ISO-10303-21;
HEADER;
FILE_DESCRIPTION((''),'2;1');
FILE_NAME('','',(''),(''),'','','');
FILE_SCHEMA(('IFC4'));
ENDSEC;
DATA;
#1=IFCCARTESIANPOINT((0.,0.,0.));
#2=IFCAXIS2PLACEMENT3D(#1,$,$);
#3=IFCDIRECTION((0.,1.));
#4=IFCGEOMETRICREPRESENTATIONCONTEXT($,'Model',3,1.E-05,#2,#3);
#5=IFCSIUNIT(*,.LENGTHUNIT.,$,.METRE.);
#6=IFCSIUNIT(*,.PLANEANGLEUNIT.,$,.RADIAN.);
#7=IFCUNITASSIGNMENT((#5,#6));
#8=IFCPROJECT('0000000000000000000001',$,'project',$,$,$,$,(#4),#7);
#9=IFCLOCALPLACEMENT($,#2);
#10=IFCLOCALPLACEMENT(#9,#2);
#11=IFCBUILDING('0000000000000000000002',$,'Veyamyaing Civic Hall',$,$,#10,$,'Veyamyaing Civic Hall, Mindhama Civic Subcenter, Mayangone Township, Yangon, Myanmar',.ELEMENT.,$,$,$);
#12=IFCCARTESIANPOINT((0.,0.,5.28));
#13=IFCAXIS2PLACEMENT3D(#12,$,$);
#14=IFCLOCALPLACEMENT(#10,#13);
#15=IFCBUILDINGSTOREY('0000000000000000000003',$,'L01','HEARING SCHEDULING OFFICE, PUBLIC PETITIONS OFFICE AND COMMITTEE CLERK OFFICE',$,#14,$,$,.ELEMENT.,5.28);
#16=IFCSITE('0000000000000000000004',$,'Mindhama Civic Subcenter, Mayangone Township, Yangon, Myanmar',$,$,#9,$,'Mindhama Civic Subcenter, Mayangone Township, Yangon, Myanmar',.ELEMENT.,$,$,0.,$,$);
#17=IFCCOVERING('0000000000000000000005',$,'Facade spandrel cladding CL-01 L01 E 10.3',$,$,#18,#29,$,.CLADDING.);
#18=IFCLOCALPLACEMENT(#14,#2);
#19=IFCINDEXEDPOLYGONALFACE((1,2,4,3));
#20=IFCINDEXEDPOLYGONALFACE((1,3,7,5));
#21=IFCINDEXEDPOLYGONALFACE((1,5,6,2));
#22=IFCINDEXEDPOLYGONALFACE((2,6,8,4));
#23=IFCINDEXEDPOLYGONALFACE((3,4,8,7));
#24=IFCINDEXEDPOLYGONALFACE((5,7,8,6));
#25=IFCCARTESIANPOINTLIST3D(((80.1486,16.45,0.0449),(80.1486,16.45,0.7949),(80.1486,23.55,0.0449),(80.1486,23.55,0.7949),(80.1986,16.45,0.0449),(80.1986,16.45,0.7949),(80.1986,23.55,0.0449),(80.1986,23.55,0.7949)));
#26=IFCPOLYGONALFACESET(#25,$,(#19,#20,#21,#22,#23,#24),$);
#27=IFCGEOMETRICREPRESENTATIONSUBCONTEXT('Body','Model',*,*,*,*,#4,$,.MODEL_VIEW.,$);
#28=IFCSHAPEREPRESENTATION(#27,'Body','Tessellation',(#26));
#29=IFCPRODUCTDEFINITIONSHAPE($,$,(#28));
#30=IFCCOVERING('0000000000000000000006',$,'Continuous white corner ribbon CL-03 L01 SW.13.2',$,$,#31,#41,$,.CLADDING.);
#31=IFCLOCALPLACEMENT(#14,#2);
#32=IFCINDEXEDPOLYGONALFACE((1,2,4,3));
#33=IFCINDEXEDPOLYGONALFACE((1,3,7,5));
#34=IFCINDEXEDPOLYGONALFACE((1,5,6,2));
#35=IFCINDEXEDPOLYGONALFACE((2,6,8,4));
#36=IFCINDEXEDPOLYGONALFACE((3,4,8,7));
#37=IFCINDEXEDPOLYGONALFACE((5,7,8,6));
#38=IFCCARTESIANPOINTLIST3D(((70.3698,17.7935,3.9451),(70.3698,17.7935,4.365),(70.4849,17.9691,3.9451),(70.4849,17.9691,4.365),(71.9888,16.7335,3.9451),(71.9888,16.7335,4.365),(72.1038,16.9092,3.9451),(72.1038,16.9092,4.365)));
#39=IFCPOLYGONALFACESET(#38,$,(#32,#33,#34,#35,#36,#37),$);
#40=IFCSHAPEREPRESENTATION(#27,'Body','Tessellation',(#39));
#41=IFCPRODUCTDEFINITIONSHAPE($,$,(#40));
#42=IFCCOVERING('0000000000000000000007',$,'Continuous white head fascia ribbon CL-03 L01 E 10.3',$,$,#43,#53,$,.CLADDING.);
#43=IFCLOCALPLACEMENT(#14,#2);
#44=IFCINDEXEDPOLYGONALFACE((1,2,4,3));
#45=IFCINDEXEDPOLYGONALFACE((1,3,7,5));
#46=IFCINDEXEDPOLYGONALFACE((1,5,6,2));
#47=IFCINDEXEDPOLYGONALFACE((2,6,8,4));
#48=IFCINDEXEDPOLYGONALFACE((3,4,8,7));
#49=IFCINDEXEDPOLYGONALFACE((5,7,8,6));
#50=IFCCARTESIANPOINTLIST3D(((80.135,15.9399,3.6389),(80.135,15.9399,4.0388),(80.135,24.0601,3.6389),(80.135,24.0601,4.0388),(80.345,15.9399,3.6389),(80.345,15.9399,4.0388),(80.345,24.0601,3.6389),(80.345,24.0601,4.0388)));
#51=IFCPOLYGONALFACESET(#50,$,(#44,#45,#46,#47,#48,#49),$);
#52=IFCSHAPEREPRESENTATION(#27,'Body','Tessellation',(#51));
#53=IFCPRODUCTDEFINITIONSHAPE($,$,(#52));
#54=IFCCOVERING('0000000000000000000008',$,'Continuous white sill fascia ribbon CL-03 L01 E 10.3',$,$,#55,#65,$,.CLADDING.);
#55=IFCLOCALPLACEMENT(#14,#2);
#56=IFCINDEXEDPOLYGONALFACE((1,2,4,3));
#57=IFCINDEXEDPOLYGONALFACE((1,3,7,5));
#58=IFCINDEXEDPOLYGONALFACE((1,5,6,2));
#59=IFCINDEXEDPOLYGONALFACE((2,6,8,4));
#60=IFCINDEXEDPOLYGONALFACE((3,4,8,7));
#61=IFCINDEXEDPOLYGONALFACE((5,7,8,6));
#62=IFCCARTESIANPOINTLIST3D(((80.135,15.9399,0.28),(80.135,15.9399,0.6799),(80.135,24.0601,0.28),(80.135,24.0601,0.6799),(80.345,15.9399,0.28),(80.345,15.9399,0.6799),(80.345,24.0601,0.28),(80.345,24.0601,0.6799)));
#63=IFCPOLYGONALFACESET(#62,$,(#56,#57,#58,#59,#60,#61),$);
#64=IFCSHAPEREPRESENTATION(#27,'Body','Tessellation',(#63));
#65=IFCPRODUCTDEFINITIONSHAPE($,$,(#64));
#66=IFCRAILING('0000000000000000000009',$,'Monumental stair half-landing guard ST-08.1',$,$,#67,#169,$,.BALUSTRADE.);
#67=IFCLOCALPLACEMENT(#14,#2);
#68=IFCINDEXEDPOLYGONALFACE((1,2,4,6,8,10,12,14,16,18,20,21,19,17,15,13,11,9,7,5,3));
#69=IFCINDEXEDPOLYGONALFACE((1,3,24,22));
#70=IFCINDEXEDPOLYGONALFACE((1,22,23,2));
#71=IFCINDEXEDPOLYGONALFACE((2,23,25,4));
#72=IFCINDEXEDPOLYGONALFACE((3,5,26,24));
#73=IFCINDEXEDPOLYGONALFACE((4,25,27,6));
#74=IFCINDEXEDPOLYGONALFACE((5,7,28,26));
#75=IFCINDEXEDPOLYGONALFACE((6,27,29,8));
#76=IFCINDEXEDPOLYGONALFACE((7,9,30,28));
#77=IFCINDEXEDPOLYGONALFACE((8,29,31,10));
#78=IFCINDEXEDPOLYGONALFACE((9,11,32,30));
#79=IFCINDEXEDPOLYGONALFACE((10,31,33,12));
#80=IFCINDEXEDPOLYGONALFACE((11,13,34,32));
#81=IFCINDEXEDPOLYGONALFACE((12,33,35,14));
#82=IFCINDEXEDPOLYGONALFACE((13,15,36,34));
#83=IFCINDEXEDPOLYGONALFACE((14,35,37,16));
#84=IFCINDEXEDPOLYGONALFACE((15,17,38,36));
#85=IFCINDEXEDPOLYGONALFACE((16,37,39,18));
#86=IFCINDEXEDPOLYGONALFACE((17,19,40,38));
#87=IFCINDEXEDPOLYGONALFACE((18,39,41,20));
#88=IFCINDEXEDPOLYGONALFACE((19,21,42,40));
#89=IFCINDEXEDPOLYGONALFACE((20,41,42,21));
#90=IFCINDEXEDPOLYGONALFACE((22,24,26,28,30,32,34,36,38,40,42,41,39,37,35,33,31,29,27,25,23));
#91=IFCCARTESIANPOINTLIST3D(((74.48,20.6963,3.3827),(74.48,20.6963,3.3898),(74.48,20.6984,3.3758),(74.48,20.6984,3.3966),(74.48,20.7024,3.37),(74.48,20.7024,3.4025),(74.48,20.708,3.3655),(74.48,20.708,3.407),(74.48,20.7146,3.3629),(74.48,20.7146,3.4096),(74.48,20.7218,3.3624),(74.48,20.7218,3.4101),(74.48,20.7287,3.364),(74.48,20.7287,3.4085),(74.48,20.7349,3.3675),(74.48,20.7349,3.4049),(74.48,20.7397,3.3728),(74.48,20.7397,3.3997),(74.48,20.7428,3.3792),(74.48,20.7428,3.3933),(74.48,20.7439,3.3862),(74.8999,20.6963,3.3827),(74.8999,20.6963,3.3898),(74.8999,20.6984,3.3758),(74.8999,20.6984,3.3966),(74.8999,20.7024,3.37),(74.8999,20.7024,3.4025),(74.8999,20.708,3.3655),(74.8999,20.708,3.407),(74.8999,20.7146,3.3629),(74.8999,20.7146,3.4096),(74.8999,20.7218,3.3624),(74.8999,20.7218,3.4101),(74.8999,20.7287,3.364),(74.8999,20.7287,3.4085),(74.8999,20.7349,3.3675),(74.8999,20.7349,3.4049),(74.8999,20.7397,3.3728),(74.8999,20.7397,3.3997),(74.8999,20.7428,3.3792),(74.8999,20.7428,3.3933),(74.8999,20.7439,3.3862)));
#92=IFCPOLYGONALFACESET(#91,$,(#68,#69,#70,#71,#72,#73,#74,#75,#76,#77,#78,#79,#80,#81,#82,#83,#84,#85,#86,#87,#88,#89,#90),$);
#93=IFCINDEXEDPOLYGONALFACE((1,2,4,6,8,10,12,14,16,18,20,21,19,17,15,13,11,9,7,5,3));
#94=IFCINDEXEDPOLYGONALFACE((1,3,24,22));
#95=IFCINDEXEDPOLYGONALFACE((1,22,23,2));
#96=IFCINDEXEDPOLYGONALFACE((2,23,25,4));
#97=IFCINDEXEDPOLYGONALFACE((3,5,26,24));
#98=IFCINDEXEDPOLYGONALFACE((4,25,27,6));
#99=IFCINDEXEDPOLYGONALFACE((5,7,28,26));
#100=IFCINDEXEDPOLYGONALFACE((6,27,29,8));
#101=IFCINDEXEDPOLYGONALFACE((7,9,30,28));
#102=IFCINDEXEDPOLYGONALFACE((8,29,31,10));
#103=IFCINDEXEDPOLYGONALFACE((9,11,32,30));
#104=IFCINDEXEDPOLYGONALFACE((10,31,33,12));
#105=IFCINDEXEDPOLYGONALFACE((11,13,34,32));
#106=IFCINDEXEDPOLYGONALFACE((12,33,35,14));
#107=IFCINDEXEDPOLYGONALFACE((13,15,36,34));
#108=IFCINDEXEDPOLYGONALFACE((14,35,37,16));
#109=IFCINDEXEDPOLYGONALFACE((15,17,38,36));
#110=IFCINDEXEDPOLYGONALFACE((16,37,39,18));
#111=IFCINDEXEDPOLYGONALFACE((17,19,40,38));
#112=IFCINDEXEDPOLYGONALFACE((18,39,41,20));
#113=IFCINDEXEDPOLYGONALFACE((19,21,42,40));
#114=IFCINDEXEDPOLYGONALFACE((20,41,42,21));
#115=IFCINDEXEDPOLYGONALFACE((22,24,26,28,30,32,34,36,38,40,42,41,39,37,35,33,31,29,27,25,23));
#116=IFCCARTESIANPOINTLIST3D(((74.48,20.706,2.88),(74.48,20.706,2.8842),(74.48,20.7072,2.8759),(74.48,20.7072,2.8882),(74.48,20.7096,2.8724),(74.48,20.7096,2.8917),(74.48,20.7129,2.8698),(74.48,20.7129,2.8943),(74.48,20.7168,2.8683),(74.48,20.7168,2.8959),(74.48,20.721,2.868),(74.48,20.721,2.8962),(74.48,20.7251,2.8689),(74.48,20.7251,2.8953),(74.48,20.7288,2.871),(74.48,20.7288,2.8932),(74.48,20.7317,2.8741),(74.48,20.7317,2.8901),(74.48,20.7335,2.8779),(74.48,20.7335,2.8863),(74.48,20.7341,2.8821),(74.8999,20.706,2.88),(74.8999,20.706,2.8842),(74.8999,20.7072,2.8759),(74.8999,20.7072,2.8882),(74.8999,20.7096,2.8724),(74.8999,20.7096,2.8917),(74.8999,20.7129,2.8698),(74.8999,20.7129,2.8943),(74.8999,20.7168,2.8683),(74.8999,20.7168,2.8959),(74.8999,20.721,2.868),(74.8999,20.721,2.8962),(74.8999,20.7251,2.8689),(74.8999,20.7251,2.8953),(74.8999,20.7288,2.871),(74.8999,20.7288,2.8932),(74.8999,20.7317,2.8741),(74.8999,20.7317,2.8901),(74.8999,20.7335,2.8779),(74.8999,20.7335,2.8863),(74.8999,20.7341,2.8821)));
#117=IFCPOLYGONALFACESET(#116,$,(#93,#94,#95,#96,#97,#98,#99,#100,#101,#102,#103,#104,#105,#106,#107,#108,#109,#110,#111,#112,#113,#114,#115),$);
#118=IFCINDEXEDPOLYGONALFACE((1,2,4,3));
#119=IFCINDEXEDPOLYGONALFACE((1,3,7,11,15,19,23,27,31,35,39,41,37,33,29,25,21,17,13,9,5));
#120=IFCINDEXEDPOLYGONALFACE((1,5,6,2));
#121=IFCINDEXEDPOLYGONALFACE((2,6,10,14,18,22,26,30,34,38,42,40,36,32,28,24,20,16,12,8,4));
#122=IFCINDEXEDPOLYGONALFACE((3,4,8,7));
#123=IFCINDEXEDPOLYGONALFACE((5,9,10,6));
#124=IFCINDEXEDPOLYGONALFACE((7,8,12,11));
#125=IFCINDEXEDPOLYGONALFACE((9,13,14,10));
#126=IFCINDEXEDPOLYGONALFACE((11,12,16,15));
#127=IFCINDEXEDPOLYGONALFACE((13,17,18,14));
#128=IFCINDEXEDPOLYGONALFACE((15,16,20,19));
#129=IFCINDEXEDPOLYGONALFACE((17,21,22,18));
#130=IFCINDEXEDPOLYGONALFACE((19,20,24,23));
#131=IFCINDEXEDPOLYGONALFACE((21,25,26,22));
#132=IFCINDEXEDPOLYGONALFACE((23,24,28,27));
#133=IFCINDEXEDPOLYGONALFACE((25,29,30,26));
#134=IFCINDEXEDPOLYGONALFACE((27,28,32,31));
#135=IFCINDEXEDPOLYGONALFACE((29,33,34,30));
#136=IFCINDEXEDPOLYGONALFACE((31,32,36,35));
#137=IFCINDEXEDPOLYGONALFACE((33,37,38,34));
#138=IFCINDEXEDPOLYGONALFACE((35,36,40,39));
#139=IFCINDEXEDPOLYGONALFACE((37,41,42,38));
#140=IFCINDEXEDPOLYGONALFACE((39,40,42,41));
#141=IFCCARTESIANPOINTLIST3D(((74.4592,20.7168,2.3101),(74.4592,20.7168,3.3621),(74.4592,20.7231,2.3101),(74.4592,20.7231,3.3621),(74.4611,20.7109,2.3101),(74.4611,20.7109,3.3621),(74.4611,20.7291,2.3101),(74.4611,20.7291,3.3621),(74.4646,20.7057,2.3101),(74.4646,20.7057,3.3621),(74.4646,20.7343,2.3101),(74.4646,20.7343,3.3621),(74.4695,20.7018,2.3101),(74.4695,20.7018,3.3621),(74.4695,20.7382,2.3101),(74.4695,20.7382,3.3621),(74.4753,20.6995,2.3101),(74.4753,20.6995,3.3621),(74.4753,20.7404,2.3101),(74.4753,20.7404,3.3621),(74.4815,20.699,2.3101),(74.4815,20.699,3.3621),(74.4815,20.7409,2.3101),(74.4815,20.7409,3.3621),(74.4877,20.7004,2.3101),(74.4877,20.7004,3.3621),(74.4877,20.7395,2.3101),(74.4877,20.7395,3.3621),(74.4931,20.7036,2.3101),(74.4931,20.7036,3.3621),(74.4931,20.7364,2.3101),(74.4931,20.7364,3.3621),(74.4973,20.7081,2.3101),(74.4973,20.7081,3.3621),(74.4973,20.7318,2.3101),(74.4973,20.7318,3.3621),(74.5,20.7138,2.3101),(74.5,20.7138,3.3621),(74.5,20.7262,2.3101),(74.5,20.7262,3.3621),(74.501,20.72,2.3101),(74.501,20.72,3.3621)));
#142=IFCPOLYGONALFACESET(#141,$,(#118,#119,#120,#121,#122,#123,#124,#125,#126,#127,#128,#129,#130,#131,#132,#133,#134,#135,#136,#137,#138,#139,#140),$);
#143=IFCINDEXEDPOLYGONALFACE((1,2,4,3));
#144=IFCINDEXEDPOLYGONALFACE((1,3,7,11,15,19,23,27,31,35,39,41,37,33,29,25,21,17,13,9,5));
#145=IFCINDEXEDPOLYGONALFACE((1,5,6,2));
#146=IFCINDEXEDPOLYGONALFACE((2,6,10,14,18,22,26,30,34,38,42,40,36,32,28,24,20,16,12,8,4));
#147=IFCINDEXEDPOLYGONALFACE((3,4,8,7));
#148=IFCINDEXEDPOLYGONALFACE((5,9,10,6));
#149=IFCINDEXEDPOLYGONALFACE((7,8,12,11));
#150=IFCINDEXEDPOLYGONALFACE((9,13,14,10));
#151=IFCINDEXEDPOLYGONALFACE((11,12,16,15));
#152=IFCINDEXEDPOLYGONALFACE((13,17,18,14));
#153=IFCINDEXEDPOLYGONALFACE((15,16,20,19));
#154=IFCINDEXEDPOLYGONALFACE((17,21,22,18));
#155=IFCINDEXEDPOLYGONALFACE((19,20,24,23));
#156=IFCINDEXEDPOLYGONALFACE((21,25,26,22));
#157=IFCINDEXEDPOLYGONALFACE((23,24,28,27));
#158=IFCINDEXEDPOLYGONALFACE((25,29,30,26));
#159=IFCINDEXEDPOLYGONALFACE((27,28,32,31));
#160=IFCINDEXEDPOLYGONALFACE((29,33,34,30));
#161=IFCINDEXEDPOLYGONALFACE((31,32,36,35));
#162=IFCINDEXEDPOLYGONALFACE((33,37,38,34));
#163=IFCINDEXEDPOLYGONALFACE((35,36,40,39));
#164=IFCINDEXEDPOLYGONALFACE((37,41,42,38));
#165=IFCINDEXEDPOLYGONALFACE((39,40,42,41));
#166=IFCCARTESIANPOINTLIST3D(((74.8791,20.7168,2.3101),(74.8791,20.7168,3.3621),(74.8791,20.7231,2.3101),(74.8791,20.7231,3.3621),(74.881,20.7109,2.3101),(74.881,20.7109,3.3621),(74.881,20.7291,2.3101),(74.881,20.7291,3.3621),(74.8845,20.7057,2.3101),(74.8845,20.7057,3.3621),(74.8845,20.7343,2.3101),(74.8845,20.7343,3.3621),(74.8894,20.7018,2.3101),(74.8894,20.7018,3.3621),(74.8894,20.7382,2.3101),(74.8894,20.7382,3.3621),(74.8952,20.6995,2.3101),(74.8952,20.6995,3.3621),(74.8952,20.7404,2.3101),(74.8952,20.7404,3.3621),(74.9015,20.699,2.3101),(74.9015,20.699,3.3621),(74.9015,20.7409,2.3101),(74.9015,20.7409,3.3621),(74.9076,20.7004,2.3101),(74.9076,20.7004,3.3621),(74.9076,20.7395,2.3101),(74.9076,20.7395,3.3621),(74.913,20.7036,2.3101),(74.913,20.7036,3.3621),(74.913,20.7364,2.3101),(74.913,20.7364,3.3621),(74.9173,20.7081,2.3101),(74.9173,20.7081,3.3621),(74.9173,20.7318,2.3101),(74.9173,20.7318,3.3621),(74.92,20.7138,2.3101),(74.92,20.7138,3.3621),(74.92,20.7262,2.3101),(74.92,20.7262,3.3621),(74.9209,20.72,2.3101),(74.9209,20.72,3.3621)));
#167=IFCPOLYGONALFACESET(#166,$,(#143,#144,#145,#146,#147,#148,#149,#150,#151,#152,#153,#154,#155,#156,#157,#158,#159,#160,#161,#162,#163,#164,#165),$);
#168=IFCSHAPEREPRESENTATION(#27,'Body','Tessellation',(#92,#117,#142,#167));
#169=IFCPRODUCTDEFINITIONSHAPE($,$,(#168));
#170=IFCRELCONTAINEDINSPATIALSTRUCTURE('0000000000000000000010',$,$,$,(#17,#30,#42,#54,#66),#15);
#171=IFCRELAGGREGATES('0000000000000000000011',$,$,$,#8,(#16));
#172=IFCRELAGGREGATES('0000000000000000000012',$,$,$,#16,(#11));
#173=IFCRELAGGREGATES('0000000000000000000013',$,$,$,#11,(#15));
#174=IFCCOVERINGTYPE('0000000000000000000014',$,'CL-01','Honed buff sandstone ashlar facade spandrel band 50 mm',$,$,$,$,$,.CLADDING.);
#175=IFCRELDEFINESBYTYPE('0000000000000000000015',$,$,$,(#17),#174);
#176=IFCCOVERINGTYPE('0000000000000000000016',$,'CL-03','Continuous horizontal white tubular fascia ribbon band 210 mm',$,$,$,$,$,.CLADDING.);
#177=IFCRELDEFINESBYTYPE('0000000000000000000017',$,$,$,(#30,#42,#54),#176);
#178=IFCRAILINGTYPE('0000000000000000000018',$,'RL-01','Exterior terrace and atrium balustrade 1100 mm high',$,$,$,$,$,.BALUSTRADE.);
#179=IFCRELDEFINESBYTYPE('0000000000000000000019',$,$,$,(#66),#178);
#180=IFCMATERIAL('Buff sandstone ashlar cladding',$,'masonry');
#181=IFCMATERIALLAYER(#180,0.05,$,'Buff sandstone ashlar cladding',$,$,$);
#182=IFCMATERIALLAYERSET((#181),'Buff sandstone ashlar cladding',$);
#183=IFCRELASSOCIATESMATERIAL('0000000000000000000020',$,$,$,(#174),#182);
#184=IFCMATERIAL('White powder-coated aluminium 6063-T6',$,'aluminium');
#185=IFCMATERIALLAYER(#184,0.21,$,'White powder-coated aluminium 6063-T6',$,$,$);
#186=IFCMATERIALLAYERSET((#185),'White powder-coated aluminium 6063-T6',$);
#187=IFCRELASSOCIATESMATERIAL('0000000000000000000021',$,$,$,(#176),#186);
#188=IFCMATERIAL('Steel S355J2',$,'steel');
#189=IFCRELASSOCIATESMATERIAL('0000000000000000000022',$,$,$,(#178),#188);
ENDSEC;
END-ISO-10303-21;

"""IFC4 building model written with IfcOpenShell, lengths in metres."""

from ifc_helpers import new_model, si_unit, direction, frame, origin, origin_2d, place, context, subcontext, project, spatial, rectangle, circle, extrude, material, layer, layer_set, type_object, element, save


model = new_model("IFC4")

# Units and contexts
model_context = context("Model", 3, precision=1e-05, world=origin(), true_north=direction((0.0, 1.0)))
body_context = subcontext(model_context, "Body", "Model", "MODEL_VIEW")
ifc_project = project(units=[si_unit("LENGTHUNIT", "METRE"), si_unit("PLANEANGLEUNIT", "RADIAN")], contexts=[model_context])

# Site, building, storey
site_placement = place(None, origin())
site = spatial("IfcSite", under=ifc_project, at=site_placement, Name="Mindhama Civic Subcenter, Mayangone Township, Yangon, Myanmar", LongName="Mindhama Civic Subcenter, Mayangone Township, Yangon, Myanmar", CompositionType="ELEMENT", RefElevation=0.0)
building_placement = place(site_placement, origin())
building = spatial("IfcBuilding", under=site, at=building_placement, Name="Veyamyaing Civic Hall", LongName="Veyamyaing Civic Hall, Mindhama Civic Subcenter, Mayangone Township, Yangon, Myanmar", CompositionType="ELEMENT")
storey_placement = place(building_placement, frame((0.0, 0.0, 5.28)))
storey = spatial("IfcBuildingStorey", under=building, at=storey_placement, Name="L01", Description="HEARING SCHEDULING OFFICE, PUBLIC PETITIONS OFFICE AND COMMITTEE CLERK OFFICE", CompositionType="ELEMENT", Elevation=5.28)

# Coverings
ifc_material_1 = material(Name="Buff sandstone ashlar cladding", Category="masonry")
ifc_layer_1 = layer(ifc_material_1, 0.05, Name="Buff sandstone ashlar cladding")
ifc_layer_set_1 = layer_set([ifc_layer_1], Name="Buff sandstone ashlar cladding")
covering_type_1 = type_object("IfcCoveringType", Name="CL-01", Description="Honed buff sandstone ashlar facade spandrel band 50 mm", PredefinedType="CLADDING", material=ifc_layer_set_1)
covering_1_placement = place(storey_placement, frame((80.1736, 20.0, 0.0449), z_axis=(0.0, 0.0, 1.0), x_axis=(0.0, 1.0, 0.0)))
element("IfcCovering", 1, at=covering_1_placement, inside=storey, type_object=covering_type_1, Name="Facade spandrel cladding CL-01 L01 E 10.3", PredefinedType="CLADDING", context=body_context, shape_type="SweptSolid", body=[
    extrude(rectangle(XDim=7.1001, YDim=0.05, at=origin_2d()), origin(), (0.0, 0.0, 1.0), 0.75),
])
ifc_material_2 = material(Name="White powder-coated aluminium 6063-T6", Category="aluminium")
ifc_layer_2 = layer(ifc_material_2, 0.21, Name="White powder-coated aluminium 6063-T6")
ifc_layer_set_2 = layer_set([ifc_layer_2], Name="White powder-coated aluminium 6063-T6")
covering_type_2 = type_object("IfcCoveringType", Name="CL-03", Description="Continuous horizontal white tubular fascia ribbon band 210 mm", PredefinedType="CLADDING", material=ifc_layer_set_2)
covering_2_placement = place(storey_placement, frame((71.2368, 17.3513, 3.9451), z_axis=(0.0, 0.0, 1.0), x_axis=(0.836628, -0.547772, 0.0)))
element("IfcCovering", 2, at=covering_2_placement, inside=storey, type_object=covering_type_2, Name="Continuous white corner ribbon CL-03 L01 SW.13.2", PredefinedType="CLADDING", context=body_context, shape_type="SweptSolid", body=[
    extrude(rectangle(XDim=1.9351, YDim=0.21, at=origin_2d()), origin(), (0.0, 0.0, 1.0), 0.4199),
])
for number, where, z_axis, x_axis, name in (
    (3, (80.24, 20.0, 3.6389), (0.0, 0.0, 1.0), (0.0, 1.0, 0.0), "Continuous white head fascia ribbon CL-03 L01 E 10.3"),
    (4, (80.24, 20.0, 0.28), (0.0, 0.0, 1.0), (0.0, 1.0, 0.0), "Continuous white sill fascia ribbon CL-03 L01 E 10.3"),
):
    element("IfcCovering", number, at=place(storey_placement, frame(where, z_axis=z_axis, x_axis=x_axis)), inside=storey, type_object=covering_type_2, Name=name, PredefinedType="CLADDING", context=body_context, shape_type="SweptSolid", body=[
        extrude(rectangle(XDim=8.1201, YDim=0.21, at=origin_2d()), origin(), (0.0, 0.0, 1.0), 0.3999),
    ])

# Railing
ifc_material_3 = material(Name="Steel S355J2", Category="steel")
railing_type_1 = type_object("IfcRailingType", Name="RL-01", Description="Exterior terrace and atrium balustrade 1100 mm high", PredefinedType="BALUSTRADE", material=ifc_material_3)
railing_1_placement = place(storey_placement, frame((74.48, 20.72, 2.3101)))
element("IfcRailing", 5, at=railing_1_placement, inside=storey, type_object=railing_type_1, Name="Monumental stair half-landing guard ST-08.1", PredefinedType="BALUSTRADE", context=body_context, shape_type="SweptSolid", body=[
    extrude(circle(Radius=0.0239, at=origin_2d()), frame((0.0, 0.0, 1.0762), z_axis=(1.0, 0.0, 0.0), x_axis=(0.0, 1.0, 0.0)), (0.0, 0.0, 1.0), 0.4199),
    extrude(circle(Radius=0.0142, at=origin_2d()), frame((0.0, 0.0, 0.572), z_axis=(1.0, 0.0, 0.0), x_axis=(0.0, 1.0, 0.0)), (0.0, 0.0, 1.0), 0.4199),
    extrude(circle(Radius=0.021, at=origin_2d()), origin(), (0.0, 0.0, 1.0), 1.052),
    extrude(circle(Radius=0.021, at=origin_2d()), frame((0.4199, 0.0, 0.0)), (0.0, 0.0, 1.0), 1.052),
])

save(model, "model.ifc")
